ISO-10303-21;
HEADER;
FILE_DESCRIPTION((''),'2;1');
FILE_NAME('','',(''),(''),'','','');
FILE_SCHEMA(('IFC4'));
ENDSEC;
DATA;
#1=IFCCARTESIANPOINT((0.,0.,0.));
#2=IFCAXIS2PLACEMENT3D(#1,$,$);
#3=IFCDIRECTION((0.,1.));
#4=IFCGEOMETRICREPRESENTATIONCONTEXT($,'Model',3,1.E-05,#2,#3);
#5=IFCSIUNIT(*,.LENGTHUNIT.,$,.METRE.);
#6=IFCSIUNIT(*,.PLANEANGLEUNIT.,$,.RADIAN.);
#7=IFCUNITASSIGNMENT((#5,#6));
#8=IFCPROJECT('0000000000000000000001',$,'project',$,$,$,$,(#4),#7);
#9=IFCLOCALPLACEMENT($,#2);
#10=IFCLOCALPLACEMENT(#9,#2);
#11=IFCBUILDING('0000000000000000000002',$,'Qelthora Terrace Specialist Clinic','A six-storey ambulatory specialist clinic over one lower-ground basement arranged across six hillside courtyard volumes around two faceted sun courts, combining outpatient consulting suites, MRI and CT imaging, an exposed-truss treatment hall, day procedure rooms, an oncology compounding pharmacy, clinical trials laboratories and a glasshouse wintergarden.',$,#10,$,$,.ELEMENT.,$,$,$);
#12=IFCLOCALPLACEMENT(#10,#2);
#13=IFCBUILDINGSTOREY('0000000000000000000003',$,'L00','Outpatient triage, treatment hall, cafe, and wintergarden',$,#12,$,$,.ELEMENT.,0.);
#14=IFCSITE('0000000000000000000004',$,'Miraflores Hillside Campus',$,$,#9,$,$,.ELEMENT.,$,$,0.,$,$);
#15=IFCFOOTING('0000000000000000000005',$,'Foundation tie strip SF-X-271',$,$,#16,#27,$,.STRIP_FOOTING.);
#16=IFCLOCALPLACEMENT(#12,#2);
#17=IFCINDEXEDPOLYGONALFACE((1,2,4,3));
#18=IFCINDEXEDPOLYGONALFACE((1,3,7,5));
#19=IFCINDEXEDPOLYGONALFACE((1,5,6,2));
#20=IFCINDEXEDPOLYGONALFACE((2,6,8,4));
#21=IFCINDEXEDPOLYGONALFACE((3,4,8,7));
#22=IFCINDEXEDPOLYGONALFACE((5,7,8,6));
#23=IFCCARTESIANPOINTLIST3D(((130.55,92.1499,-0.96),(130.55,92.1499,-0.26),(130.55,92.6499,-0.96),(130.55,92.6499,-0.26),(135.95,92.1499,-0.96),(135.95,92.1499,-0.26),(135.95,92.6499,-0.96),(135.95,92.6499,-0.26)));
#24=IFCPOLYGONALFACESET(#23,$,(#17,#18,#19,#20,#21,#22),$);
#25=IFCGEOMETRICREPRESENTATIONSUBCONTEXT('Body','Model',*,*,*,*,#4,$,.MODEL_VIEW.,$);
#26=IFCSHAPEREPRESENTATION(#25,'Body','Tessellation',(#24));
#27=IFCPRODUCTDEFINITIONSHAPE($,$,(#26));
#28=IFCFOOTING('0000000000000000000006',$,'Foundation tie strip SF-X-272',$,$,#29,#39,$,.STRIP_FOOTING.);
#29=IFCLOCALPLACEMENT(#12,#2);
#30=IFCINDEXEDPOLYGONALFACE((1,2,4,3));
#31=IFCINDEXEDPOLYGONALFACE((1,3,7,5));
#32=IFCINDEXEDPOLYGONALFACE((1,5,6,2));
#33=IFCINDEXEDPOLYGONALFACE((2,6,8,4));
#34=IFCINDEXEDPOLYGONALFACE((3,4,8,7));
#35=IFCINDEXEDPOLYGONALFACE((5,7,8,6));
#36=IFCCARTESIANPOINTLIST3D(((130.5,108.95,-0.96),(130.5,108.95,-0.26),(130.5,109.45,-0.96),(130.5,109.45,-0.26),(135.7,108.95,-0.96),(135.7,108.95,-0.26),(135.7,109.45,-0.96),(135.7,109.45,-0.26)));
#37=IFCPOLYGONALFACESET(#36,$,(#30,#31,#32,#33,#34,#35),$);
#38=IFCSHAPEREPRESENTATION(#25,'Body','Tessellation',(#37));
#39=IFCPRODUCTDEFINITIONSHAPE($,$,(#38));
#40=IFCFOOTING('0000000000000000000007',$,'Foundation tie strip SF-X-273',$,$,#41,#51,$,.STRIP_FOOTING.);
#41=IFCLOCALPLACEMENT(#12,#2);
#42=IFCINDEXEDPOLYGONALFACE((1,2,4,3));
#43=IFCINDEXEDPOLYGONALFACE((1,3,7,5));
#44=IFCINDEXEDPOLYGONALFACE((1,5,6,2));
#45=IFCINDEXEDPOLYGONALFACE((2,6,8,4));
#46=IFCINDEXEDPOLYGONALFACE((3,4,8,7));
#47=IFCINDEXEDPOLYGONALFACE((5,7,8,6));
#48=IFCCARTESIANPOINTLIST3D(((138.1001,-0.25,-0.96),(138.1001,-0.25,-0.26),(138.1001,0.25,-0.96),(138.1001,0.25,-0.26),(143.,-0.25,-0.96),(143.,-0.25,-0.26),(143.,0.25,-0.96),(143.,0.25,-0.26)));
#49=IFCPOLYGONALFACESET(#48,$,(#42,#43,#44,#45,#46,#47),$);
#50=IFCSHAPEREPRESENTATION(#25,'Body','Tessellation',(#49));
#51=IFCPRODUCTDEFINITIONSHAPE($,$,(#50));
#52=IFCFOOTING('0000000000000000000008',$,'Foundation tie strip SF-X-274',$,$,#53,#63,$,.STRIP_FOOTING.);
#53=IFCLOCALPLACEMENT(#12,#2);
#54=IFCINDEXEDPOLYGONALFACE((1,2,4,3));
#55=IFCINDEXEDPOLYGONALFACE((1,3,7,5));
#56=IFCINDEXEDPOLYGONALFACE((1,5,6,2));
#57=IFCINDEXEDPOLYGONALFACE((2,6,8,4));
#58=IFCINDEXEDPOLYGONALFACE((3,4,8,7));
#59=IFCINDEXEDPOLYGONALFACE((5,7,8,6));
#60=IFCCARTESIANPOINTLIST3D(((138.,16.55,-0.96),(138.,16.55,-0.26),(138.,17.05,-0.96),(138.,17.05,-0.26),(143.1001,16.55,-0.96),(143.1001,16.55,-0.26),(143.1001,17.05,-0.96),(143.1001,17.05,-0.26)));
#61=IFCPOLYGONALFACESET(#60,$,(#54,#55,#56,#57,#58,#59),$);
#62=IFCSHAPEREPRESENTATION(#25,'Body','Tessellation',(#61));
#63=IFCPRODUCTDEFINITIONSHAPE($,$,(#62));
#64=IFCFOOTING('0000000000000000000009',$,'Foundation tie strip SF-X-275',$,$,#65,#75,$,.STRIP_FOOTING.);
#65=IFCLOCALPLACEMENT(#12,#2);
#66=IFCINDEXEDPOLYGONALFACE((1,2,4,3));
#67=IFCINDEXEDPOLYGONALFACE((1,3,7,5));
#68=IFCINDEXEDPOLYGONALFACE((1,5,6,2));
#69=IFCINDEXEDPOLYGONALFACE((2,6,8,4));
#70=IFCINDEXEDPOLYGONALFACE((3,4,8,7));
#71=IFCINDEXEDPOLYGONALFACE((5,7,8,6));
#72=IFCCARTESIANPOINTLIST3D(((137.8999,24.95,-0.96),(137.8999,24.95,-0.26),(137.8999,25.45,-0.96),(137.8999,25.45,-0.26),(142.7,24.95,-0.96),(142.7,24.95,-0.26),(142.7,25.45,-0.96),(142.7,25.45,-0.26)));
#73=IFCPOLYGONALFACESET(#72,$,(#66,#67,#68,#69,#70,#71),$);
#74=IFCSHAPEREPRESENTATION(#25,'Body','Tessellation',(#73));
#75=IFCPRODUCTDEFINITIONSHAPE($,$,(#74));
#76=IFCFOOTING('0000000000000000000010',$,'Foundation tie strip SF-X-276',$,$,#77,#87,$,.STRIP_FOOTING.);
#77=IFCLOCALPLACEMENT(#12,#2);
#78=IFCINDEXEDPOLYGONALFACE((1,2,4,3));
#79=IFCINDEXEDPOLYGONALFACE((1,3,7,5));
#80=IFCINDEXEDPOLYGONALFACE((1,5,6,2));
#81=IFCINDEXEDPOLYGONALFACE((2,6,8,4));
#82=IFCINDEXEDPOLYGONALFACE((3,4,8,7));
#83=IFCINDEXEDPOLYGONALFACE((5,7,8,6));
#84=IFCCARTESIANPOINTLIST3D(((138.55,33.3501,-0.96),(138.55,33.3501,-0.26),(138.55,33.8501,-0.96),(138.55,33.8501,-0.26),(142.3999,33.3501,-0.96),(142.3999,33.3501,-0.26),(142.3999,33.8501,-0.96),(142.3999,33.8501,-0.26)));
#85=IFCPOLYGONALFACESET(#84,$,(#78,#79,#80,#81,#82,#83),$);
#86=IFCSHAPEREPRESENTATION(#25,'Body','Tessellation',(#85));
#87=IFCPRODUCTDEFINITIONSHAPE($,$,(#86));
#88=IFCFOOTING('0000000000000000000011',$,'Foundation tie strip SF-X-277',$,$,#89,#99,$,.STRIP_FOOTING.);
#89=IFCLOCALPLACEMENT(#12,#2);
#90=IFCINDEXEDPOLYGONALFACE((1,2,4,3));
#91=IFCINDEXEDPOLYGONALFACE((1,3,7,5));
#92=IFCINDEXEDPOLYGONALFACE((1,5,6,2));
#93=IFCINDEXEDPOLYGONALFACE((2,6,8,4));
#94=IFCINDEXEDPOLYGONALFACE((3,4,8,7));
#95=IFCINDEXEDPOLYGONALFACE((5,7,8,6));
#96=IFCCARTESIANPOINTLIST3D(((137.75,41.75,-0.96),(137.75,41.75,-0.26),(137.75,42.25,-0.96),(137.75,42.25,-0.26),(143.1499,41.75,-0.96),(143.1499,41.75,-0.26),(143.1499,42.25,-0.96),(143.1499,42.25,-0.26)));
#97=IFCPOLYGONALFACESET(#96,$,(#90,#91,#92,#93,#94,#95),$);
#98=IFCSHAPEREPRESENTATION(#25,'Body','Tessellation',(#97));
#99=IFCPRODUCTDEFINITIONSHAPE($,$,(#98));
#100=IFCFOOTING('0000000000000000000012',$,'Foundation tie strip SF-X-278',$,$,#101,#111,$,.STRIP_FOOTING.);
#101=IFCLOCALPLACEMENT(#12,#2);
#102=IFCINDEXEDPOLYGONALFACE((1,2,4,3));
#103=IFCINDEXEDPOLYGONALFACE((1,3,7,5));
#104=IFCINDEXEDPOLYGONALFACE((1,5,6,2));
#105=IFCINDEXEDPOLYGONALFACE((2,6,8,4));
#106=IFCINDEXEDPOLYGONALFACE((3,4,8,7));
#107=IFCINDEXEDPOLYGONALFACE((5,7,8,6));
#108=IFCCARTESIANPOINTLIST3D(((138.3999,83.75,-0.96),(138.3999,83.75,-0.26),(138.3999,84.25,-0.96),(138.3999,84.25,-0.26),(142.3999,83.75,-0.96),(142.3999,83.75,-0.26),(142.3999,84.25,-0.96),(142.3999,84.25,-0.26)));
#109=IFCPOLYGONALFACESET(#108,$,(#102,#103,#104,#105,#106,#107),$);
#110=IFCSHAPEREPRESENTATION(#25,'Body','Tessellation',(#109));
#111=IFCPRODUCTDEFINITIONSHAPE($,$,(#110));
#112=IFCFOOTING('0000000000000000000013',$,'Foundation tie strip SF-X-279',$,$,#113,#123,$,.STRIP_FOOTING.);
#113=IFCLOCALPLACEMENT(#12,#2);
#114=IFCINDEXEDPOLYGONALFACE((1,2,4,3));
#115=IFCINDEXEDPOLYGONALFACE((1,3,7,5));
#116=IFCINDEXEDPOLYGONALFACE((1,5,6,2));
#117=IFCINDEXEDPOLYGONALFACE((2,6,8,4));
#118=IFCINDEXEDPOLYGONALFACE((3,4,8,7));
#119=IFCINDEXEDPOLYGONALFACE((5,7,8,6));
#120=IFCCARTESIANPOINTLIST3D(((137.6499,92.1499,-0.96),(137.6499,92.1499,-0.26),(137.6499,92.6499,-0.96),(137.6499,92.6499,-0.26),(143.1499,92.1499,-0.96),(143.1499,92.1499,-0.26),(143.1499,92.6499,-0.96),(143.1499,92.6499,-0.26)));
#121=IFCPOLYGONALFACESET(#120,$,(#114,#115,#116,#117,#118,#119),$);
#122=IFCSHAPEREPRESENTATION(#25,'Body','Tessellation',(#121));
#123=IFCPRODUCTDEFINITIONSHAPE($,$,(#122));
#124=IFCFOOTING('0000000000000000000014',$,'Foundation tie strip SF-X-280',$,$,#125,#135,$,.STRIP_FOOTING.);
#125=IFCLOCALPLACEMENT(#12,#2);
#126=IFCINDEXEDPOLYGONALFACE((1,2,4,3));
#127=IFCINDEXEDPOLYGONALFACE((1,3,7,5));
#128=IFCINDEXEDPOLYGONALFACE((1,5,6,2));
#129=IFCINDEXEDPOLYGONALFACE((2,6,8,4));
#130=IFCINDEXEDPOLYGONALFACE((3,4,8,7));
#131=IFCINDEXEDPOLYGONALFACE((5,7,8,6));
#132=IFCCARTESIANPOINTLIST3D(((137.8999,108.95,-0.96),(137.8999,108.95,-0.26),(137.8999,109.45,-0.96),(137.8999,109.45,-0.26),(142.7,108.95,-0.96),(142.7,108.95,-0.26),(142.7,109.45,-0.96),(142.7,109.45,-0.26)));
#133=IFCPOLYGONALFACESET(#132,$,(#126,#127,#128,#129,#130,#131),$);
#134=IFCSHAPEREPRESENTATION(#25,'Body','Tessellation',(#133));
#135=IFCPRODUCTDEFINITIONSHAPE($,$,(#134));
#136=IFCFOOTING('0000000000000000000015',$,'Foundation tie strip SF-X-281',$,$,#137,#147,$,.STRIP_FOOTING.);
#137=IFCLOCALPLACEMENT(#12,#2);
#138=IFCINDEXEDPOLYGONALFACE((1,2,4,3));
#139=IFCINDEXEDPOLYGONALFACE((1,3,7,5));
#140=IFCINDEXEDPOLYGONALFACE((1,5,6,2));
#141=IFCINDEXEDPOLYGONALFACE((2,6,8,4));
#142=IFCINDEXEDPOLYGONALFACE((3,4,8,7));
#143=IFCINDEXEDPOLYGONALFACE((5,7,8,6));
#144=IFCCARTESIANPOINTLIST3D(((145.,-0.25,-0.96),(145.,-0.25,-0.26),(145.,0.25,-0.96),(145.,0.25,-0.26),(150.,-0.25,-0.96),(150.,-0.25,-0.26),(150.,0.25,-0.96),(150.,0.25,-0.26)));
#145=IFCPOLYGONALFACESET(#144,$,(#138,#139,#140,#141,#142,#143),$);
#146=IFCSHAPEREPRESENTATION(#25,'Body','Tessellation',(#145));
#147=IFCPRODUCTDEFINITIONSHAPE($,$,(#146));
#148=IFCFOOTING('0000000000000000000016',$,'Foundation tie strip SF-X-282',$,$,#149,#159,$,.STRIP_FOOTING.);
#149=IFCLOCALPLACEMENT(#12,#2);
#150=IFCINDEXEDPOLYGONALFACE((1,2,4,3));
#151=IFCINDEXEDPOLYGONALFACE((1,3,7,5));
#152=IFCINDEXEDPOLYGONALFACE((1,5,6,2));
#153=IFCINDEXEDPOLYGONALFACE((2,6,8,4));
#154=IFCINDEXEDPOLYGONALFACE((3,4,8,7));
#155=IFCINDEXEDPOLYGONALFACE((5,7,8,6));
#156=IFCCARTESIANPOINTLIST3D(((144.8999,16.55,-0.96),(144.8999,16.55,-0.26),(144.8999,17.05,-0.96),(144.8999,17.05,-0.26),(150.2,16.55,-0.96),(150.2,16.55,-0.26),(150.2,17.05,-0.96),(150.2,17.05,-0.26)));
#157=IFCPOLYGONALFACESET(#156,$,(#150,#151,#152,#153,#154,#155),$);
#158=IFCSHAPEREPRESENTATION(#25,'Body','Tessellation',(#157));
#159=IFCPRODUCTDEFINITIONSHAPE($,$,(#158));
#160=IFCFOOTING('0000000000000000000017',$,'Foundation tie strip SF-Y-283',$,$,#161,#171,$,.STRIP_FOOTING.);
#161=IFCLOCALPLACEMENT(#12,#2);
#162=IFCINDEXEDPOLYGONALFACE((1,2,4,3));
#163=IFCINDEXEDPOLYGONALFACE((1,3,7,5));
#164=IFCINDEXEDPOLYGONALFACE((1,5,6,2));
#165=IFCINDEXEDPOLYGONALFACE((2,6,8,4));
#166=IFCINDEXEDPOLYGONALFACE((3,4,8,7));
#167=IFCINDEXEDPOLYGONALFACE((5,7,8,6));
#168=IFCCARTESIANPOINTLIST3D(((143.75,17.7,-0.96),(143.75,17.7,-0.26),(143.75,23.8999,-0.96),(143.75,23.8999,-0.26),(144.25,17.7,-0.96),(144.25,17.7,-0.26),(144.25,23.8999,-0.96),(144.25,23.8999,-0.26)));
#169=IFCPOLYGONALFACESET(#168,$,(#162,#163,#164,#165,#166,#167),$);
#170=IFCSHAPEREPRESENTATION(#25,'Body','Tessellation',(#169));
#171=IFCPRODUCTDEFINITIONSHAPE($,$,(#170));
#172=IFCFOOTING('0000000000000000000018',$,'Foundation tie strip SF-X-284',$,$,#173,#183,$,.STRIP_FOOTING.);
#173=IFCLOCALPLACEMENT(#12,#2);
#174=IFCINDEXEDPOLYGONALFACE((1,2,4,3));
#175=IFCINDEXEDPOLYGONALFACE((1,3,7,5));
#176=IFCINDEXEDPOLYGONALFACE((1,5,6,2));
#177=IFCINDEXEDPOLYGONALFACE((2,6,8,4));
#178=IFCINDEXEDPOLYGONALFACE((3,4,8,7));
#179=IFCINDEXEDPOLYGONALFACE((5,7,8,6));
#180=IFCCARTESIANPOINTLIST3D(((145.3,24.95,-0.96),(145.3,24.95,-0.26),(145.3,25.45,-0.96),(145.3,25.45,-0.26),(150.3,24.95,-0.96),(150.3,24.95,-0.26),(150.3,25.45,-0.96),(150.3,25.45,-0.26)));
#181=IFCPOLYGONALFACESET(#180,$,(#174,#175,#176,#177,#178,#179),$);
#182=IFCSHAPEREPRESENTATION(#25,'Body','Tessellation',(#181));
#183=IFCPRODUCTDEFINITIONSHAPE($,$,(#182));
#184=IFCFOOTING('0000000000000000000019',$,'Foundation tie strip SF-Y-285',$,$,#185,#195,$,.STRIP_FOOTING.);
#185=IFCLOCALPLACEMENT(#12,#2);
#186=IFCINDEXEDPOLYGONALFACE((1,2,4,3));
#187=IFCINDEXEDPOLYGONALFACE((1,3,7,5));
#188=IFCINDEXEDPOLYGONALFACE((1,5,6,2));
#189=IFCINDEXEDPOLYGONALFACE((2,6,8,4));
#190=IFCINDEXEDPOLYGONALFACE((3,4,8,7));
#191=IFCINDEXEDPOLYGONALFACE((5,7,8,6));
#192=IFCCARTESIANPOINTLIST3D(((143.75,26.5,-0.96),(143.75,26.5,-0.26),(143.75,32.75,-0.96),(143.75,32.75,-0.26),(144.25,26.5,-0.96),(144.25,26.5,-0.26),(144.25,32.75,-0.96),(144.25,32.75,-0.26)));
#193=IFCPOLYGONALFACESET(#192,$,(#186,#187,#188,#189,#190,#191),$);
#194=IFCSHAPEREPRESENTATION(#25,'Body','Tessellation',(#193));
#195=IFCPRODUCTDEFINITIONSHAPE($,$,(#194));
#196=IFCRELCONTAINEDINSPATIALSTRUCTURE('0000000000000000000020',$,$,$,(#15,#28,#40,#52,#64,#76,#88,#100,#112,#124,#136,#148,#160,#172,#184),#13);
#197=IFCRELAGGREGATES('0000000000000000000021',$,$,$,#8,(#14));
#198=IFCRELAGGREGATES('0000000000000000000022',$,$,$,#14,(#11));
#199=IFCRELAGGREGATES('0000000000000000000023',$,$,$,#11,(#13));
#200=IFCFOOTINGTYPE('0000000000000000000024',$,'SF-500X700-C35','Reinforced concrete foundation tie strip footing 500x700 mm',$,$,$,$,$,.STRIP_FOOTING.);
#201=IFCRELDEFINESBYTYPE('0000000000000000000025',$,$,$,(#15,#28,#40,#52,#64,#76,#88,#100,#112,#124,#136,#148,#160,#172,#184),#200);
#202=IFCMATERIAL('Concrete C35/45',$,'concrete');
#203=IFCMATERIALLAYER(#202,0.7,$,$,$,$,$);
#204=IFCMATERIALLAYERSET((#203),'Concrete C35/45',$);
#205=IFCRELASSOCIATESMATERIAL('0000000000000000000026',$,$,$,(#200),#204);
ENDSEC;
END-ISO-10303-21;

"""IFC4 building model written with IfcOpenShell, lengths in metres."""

from ifc_helpers import new_model, si_unit, direction, frame, origin, place, context, subcontext, project, spatial, polyline, outline, extrude, material, layer, layer_set, type_object, element, save


model = new_model("IFC4")

# Units and contexts
model_context = context("Model", 3, precision=1e-05, world=origin(), true_north=direction((0.0, 1.0)))
body_context = subcontext(model_context, "Body", "Model", "MODEL_VIEW")
ifc_project = project(units=[si_unit("LENGTHUNIT", "METRE"), si_unit("PLANEANGLEUNIT", "RADIAN")], contexts=[model_context])

# Site, building, storey
site_placement = place(None, origin())
site = spatial("IfcSite", under=ifc_project, at=site_placement, Name="Miraflores Hillside Campus", CompositionType="ELEMENT", RefElevation=0.0)
building_placement = place(site_placement, origin())
building = spatial("IfcBuilding", under=site, at=building_placement, Name="Qelthora Terrace Specialist Clinic", Description="A six-storey ambulatory specialist clinic over one lower-ground basement arranged across six hillside courtyard volumes around two faceted sun courts, combining outpatient consulting suites, MRI and CT imaging, an exposed-truss treatment hall, day procedure rooms, an oncology compounding pharmacy, clinical trials laboratories and a glasshouse wintergarden.", CompositionType="ELEMENT")
storey_placement = place(building_placement, origin())
storey = spatial("IfcBuildingStorey", under=building, at=storey_placement, Name="L00", Description="Outpatient triage, treatment hall, cafe, and wintergarden", CompositionType="ELEMENT", Elevation=0.0)

# Footings
ifc_material = material(Name="Concrete C35/45", Category="concrete")
ifc_layer = layer(ifc_material, 0.7)
ifc_layer_set = layer_set([ifc_layer], Name="Concrete C35/45")
footing_type = type_object("IfcFootingType", Name="SF-500X700-C35", Description="Reinforced concrete foundation tie strip footing 500x700 mm", PredefinedType="STRIP_FOOTING", material=ifc_layer_set)
footing_1_placement = place(storey_placement, frame((0.0, 0.0, -0.96)))
element("IfcFooting", 1, at=footing_1_placement, inside=storey, type_object=footing_type, Name="Foundation tie strip SF-X-271", PredefinedType="STRIP_FOOTING", context=body_context, shape_type="SweptSolid", body=[
    extrude(outline(polyline([(130.55, 92.1499), (135.95, 92.1499), (135.95, 92.6499), (130.55, 92.6499), (130.55, 92.1499)])), origin(), (0.0, 0.0, 1.0), 0.7),
])
footing_2_placement = place(storey_placement, frame((0.0, 0.0, -0.96)))
element("IfcFooting", 2, at=footing_2_placement, inside=storey, type_object=footing_type, Name="Foundation tie strip SF-X-272", PredefinedType="STRIP_FOOTING", context=body_context, shape_type="SweptSolid", body=[
    extrude(outline(polyline([(130.5, 108.95), (135.7, 108.95), (135.7, 109.45), (130.5, 109.45), (130.5, 108.95)])), origin(), (0.0, 0.0, 1.0), 0.7),
])
footing_3_placement = place(storey_placement, frame((0.0, 0.0, -0.96)))
element("IfcFooting", 3, at=footing_3_placement, inside=storey, type_object=footing_type, Name="Foundation tie strip SF-X-273", PredefinedType="STRIP_FOOTING", context=body_context, shape_type="SweptSolid", body=[
    extrude(outline(polyline([(138.1001, -0.25), (143.0, -0.25), (143.0, 0.25), (138.1001, 0.25), (138.1001, -0.25)])), origin(), (0.0, 0.0, 1.0), 0.7),
])
footing_4_placement = place(storey_placement, frame((0.0, 0.0, -0.96)))
element("IfcFooting", 4, at=footing_4_placement, inside=storey, type_object=footing_type, Name="Foundation tie strip SF-X-274", PredefinedType="STRIP_FOOTING", context=body_context, shape_type="SweptSolid", body=[
    extrude(outline(polyline([(138.0, 16.55), (143.1001, 16.55), (143.1001, 17.05), (138.0, 17.05), (138.0, 16.55)])), origin(), (0.0, 0.0, 1.0), 0.7),
])
footing_5_placement = place(storey_placement, frame((0.0, 0.0, -0.96)))
element("IfcFooting", 5, at=footing_5_placement, inside=storey, type_object=footing_type, Name="Foundation tie strip SF-X-275", PredefinedType="STRIP_FOOTING", context=body_context, shape_type="SweptSolid", body=[
    extrude(outline(polyline([(137.8999, 24.95), (142.7, 24.95), (142.7, 25.45), (137.8999, 25.45), (137.8999, 24.95)])), origin(), (0.0, 0.0, 1.0), 0.7),
])
footing_6_placement = place(storey_placement, frame((0.0, 0.0, -0.96)))
element("IfcFooting", 6, at=footing_6_placement, inside=storey, type_object=footing_type, Name="Foundation tie strip SF-X-276", PredefinedType="STRIP_FOOTING", context=body_context, shape_type="SweptSolid", body=[
    extrude(outline(polyline([(138.55, 33.3501), (142.3999, 33.3501), (142.3999, 33.8501), (138.55, 33.8501), (138.55, 33.3501)])), origin(), (0.0, 0.0, 1.0), 0.7),
])
footing_7_placement = place(storey_placement, frame((0.0, 0.0, -0.96)))
element("IfcFooting", 7, at=footing_7_placement, inside=storey, type_object=footing_type, Name="Foundation tie strip SF-X-277", PredefinedType="STRIP_FOOTING", context=body_context, shape_type="SweptSolid", body=[
    extrude(outline(polyline([(137.75, 41.75), (143.1499, 41.75), (143.1499, 42.25), (137.75, 42.25), (137.75, 41.75)])), origin(), (0.0, 0.0, 1.0), 0.7),
])
footing_8_placement = place(storey_placement, frame((0.0, 0.0, -0.96)))
element("IfcFooting", 8, at=footing_8_placement, inside=storey, type_object=footing_type, Name="Foundation tie strip SF-X-278", PredefinedType="STRIP_FOOTING", context=body_context, shape_type="SweptSolid", body=[
    extrude(outline(polyline([(138.3999, 83.75), (142.3999, 83.75), (142.3999, 84.25), (138.3999, 84.25), (138.3999, 83.75)])), origin(), (0.0, 0.0, 1.0), 0.7),
])
footing_9_placement = place(storey_placement, frame((0.0, 0.0, -0.96)))
element("IfcFooting", 9, at=footing_9_placement, inside=storey, type_object=footing_type, Name="Foundation tie strip SF-X-279", PredefinedType="STRIP_FOOTING", context=body_context, shape_type="SweptSolid", body=[
    extrude(outline(polyline([(137.6499, 92.1499), (143.1499, 92.1499), (143.1499, 92.6499), (137.6499, 92.6499), (137.6499, 92.1499)])), origin(), (0.0, 0.0, 1.0), 0.7),
])
footing_10_placement = place(storey_placement, frame((0.0, 0.0, -0.96)))
element("IfcFooting", 10, at=footing_10_placement, inside=storey, type_object=footing_type, Name="Foundation tie strip SF-X-280", PredefinedType="STRIP_FOOTING", context=body_context, shape_type="SweptSolid", body=[
    extrude(outline(polyline([(137.8999, 108.95), (142.7, 108.95), (142.7, 109.45), (137.8999, 109.45), (137.8999, 108.95)])), origin(), (0.0, 0.0, 1.0), 0.7),
])
footing_11_placement = place(storey_placement, frame((0.0, 0.0, -0.96)))
element("IfcFooting", 11, at=footing_11_placement, inside=storey, type_object=footing_type, Name="Foundation tie strip SF-X-281", PredefinedType="STRIP_FOOTING", context=body_context, shape_type="SweptSolid", body=[
    extrude(outline(polyline([(145.0, -0.25), (150.0, -0.25), (150.0, 0.25), (145.0, 0.25), (145.0, -0.25)])), origin(), (0.0, 0.0, 1.0), 0.7),
])
footing_12_placement = place(storey_placement, frame((0.0, 0.0, -0.96)))
element("IfcFooting", 12, at=footing_12_placement, inside=storey, type_object=footing_type, Name="Foundation tie strip SF-X-282", PredefinedType="STRIP_FOOTING", context=body_context, shape_type="SweptSolid", body=[
    extrude(outline(polyline([(144.8999, 16.55), (150.2, 16.55), (150.2, 17.05), (144.8999, 17.05), (144.8999, 16.55)])), origin(), (0.0, 0.0, 1.0), 0.7),
])
footing_13_placement = place(storey_placement, frame((0.0, 0.0, -0.96)))
element("IfcFooting", 13, at=footing_13_placement, inside=storey, type_object=footing_type, Name="Foundation tie strip SF-Y-283", PredefinedType="STRIP_FOOTING", context=body_context, shape_type="SweptSolid", body=[
    extrude(outline(polyline([(143.75, 17.7), (144.25, 17.7), (144.25, 23.8999), (143.75, 23.8999), (143.75, 17.7)])), origin(), (0.0, 0.0, 1.0), 0.7),
])
footing_14_placement = place(storey_placement, frame((0.0, 0.0, -0.96)))
element("IfcFooting", 14, at=footing_14_placement, inside=storey, type_object=footing_type, Name="Foundation tie strip SF-X-284", PredefinedType="STRIP_FOOTING", context=body_context, shape_type="SweptSolid", body=[
    extrude(outline(polyline([(145.3, 24.95), (150.3, 24.95), (150.3, 25.45), (145.3, 25.45), (145.3, 24.95)])), origin(), (0.0, 0.0, 1.0), 0.7),
])
footing_15_placement = place(storey_placement, frame((0.0, 0.0, -0.96)))
element("IfcFooting", 15, at=footing_15_placement, inside=storey, type_object=footing_type, Name="Foundation tie strip SF-Y-285", PredefinedType="STRIP_FOOTING", context=body_context, shape_type="SweptSolid", body=[
    extrude(outline(polyline([(143.75, 26.5), (144.25, 26.5), (144.25, 32.75), (143.75, 32.75), (143.75, 26.5)])), origin(), (0.0, 0.0, 1.0), 0.7),
])

save(model, "model.ifc")
